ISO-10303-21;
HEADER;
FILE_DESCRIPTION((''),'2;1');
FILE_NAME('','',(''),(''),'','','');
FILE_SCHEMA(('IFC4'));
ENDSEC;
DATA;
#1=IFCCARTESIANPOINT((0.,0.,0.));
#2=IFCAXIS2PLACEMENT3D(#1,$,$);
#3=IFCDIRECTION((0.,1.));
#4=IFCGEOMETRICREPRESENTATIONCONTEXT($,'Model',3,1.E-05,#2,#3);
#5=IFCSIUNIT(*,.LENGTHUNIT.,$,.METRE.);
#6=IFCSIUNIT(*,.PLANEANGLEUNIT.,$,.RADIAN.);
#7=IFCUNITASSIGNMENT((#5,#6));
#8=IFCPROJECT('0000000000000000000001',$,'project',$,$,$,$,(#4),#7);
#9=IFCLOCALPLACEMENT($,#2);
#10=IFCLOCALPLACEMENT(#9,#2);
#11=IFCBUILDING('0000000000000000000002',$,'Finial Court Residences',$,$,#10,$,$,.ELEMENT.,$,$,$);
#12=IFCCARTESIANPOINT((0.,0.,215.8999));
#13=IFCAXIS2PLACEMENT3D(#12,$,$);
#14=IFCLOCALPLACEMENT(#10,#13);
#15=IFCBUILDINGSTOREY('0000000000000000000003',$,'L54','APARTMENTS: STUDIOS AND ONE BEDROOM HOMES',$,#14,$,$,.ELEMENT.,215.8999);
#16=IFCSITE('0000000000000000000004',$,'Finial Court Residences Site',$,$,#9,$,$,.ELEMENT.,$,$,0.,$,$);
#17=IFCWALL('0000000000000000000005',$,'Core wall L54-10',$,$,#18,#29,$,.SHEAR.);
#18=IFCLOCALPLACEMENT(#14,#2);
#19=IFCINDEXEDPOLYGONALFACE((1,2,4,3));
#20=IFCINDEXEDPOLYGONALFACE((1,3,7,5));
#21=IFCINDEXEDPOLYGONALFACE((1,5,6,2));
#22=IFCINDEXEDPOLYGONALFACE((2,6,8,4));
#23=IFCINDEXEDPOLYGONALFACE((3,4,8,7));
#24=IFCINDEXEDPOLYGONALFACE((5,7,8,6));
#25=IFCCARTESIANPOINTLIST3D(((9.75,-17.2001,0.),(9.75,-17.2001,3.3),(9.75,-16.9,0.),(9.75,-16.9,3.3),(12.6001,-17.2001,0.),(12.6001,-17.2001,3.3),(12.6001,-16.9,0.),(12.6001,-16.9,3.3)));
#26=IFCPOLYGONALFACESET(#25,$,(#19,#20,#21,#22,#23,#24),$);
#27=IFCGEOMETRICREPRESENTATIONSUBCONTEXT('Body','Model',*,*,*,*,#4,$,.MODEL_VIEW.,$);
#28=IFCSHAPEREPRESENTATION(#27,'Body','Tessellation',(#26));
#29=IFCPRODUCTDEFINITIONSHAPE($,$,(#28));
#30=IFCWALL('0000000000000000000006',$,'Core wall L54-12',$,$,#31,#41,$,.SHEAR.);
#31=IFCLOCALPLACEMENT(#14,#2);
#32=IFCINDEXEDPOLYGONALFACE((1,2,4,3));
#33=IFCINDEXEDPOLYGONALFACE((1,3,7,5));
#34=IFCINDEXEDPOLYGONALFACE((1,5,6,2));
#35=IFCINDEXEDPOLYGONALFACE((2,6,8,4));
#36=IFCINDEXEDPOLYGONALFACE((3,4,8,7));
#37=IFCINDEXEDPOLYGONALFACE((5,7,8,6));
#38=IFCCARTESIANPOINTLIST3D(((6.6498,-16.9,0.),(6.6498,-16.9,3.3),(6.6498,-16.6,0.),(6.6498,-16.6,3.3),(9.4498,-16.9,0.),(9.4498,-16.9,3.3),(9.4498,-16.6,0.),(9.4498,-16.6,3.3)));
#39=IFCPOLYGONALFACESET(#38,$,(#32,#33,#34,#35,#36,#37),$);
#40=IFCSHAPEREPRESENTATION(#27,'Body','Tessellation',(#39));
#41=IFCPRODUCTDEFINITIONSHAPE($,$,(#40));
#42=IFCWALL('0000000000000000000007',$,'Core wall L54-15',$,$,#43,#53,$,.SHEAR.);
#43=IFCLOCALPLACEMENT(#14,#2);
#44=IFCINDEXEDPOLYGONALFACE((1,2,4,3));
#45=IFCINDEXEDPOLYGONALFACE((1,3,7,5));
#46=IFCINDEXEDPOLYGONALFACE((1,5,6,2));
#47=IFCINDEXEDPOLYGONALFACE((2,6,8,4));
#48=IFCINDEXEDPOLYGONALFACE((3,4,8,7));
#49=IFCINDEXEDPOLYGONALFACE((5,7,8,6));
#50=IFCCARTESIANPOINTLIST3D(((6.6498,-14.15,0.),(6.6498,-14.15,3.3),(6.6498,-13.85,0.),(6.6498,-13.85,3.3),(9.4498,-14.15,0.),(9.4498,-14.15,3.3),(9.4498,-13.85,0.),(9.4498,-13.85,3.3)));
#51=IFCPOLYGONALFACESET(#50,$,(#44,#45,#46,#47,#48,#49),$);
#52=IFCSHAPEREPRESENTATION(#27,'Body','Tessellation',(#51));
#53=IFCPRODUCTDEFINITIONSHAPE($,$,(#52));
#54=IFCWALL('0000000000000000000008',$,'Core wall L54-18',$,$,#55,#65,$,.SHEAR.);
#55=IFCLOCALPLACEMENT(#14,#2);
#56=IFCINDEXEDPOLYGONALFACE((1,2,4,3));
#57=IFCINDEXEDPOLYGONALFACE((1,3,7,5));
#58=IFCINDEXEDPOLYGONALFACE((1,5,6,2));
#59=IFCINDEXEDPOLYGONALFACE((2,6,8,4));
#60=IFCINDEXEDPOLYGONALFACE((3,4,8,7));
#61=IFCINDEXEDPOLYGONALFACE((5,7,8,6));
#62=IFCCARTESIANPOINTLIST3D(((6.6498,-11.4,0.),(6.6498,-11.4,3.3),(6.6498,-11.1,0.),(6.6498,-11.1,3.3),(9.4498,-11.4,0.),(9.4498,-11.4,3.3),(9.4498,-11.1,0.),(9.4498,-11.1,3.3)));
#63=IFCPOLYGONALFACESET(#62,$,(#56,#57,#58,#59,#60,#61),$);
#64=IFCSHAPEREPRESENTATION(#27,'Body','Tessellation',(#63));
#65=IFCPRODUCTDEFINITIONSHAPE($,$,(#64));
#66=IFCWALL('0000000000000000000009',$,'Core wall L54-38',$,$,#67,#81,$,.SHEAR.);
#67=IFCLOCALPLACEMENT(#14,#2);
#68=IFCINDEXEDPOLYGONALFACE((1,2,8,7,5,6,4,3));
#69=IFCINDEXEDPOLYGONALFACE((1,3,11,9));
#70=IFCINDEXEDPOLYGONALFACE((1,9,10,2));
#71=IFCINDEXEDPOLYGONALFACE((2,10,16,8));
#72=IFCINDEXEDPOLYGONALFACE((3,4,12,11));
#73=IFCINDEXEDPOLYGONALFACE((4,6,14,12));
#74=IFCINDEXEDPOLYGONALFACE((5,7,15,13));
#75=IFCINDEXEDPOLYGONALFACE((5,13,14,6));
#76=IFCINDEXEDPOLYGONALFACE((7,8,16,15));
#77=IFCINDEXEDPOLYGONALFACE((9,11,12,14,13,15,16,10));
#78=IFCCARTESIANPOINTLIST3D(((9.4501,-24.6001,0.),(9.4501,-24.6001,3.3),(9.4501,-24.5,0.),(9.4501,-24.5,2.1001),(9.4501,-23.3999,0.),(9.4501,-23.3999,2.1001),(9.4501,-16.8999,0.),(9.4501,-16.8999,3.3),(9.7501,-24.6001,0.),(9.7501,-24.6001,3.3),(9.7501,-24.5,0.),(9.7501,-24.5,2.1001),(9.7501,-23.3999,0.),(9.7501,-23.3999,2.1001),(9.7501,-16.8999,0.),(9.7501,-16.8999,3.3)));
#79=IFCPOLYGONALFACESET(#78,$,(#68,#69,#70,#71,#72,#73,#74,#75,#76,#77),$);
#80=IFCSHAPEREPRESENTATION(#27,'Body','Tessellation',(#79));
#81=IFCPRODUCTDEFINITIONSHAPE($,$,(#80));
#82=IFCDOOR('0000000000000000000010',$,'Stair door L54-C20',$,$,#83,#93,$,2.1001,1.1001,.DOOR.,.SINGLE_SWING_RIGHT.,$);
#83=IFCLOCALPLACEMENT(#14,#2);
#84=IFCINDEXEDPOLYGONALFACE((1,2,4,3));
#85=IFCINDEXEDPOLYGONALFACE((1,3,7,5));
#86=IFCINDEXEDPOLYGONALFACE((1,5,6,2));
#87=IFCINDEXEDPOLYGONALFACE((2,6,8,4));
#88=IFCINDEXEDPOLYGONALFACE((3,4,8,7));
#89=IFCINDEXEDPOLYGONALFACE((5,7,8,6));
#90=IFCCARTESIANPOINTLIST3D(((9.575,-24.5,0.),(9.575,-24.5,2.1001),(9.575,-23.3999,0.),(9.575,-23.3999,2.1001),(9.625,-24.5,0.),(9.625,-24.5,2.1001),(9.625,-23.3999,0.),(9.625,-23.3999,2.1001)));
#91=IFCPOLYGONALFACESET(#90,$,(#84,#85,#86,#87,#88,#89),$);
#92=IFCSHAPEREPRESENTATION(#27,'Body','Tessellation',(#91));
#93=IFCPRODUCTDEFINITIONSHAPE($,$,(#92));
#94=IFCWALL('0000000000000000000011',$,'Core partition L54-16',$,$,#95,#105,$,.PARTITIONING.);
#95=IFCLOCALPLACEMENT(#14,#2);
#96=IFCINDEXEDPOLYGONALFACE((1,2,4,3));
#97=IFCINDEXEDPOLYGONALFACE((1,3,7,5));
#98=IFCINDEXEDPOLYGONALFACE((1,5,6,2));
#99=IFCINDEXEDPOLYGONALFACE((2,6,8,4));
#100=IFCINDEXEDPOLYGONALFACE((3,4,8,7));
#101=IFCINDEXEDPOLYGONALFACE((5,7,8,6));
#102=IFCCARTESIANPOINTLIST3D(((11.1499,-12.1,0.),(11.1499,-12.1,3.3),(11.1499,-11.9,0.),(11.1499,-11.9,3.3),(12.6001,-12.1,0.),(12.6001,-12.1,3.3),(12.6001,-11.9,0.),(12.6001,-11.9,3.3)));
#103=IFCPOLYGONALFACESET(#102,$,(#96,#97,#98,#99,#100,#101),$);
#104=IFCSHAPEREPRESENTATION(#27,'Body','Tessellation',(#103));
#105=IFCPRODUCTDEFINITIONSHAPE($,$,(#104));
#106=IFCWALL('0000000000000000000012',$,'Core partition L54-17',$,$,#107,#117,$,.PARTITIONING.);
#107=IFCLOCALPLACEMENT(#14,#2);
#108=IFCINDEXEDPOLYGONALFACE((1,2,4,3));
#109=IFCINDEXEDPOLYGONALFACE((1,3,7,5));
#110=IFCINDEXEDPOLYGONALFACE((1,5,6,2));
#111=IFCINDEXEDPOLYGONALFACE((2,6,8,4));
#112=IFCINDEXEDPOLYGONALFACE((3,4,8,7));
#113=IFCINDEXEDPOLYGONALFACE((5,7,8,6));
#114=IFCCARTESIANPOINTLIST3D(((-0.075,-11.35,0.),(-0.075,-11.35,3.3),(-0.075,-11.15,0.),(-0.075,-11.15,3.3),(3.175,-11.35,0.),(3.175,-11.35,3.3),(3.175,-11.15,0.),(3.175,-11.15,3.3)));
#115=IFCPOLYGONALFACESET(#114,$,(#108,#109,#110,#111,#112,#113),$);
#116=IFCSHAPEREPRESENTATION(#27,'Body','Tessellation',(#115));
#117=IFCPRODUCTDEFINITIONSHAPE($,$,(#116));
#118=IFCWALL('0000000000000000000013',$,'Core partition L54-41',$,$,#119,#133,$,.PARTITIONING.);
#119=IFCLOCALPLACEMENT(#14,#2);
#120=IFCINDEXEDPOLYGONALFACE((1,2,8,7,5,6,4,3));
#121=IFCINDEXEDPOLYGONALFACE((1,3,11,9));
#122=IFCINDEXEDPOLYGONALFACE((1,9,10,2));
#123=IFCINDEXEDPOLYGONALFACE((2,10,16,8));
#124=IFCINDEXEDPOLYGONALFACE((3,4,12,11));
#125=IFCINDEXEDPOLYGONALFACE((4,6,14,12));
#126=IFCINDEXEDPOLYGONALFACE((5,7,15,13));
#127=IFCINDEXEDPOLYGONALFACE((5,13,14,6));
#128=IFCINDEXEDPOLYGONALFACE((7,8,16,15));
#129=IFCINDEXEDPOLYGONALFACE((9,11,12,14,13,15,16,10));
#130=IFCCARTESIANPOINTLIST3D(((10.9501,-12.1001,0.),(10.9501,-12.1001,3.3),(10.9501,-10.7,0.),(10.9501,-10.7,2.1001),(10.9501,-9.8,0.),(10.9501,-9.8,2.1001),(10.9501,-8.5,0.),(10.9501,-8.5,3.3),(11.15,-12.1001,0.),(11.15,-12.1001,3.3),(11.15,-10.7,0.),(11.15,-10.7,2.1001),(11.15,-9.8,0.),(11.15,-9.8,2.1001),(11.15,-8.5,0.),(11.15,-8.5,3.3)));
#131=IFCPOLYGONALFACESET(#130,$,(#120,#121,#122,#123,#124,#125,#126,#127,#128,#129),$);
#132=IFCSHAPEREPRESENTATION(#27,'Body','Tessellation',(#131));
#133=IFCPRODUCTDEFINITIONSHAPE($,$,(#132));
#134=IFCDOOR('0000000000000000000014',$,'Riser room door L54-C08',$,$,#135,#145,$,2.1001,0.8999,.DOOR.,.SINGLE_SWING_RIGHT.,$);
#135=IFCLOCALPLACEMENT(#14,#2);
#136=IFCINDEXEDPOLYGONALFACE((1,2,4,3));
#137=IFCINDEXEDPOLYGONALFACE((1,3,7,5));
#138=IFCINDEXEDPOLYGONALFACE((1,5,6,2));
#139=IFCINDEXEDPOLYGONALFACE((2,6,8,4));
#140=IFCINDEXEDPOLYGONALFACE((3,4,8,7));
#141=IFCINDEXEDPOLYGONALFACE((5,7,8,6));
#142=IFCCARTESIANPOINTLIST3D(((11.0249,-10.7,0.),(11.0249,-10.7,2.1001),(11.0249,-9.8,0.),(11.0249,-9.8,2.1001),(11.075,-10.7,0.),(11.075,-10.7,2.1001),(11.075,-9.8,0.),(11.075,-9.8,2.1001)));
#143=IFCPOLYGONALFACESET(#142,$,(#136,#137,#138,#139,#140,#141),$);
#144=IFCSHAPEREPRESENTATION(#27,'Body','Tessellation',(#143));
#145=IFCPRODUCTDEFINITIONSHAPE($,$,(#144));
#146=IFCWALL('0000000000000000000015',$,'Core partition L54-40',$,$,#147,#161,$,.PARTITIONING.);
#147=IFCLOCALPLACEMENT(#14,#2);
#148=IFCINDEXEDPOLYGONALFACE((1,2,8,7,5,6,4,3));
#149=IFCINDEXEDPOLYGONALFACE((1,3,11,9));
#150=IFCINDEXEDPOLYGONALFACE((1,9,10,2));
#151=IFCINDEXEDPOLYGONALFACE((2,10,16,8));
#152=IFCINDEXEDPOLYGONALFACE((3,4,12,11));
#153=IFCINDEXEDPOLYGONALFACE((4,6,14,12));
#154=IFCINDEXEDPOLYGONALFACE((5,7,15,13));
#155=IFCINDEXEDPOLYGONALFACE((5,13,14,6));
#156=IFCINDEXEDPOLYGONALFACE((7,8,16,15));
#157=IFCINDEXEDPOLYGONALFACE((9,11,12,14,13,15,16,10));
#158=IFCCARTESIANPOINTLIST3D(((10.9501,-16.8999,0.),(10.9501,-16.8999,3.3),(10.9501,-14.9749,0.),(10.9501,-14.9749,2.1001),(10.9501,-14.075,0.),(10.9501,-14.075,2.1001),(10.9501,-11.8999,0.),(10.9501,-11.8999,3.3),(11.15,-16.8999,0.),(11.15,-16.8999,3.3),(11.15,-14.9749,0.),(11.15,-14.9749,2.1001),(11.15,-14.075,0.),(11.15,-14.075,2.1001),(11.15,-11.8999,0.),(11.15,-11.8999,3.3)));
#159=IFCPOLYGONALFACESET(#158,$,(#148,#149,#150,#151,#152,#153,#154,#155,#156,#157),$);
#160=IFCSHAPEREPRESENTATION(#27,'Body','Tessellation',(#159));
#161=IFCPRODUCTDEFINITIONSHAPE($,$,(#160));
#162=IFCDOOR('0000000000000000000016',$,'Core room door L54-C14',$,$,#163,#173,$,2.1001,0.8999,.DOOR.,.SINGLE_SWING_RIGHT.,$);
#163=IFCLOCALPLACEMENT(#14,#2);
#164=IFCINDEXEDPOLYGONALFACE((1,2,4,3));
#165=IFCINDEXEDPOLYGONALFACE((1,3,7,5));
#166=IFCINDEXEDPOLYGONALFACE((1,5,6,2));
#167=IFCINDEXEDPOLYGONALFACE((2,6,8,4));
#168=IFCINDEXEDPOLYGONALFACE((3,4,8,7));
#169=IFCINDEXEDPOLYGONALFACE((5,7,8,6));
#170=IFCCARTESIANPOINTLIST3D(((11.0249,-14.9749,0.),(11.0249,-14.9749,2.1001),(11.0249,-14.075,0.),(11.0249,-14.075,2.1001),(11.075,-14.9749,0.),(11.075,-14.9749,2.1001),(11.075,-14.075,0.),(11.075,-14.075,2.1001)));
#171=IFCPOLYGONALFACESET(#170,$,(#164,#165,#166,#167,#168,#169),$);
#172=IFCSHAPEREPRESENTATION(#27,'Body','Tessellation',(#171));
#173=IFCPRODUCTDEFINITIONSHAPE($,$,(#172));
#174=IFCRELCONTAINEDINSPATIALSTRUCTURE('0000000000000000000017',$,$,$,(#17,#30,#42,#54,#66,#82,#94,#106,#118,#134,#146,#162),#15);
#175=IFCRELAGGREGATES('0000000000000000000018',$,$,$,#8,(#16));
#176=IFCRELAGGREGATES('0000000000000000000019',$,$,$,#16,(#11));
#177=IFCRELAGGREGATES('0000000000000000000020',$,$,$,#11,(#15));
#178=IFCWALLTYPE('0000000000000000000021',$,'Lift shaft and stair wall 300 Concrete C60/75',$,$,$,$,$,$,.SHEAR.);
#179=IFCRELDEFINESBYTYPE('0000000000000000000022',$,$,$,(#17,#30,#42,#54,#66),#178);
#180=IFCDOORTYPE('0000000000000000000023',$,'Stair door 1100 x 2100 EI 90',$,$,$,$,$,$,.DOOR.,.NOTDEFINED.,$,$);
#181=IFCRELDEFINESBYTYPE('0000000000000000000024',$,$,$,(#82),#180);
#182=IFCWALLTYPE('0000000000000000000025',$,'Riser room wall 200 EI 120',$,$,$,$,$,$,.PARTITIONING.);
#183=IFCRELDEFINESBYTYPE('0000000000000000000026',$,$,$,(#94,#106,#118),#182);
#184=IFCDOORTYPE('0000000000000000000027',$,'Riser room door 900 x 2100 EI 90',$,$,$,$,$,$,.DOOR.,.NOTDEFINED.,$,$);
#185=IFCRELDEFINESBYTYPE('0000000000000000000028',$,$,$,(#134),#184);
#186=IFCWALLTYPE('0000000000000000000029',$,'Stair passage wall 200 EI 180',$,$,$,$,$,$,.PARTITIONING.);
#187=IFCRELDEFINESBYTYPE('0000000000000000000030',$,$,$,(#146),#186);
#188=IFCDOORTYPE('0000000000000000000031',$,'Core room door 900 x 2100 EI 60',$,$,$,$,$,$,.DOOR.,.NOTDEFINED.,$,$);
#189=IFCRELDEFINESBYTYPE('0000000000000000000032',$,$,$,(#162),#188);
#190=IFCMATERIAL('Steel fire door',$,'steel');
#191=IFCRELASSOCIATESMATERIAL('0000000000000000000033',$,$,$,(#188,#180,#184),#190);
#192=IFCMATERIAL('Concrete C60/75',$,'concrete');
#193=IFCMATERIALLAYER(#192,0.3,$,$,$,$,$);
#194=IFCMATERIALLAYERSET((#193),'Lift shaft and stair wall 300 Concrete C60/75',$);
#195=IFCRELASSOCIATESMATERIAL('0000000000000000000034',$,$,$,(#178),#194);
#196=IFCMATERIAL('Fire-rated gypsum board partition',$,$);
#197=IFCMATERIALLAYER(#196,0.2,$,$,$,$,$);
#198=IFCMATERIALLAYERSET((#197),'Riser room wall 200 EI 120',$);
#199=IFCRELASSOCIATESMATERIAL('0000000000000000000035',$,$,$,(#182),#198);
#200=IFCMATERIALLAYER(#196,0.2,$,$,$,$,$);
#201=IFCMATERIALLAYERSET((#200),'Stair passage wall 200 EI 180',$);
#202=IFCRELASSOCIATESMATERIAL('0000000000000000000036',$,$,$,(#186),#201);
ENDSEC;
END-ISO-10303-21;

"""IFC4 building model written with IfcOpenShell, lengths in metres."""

from ifc_helpers import new_model, si_unit, direction, frame, frame_2d, origin, place, context, subcontext, project, spatial, rectangle, extrude, material, layer, layer_set, type_object, element, fill, save


model = new_model("IFC4")

# Units and contexts
model_context = context("Model", 3, precision=1e-05, world=origin(), true_north=direction((0.0, 1.0)))
body_context = subcontext(model_context, "Body", "Model", "MODEL_VIEW")
ifc_project = project(units=[si_unit("LENGTHUNIT", "METRE"), si_unit("PLANEANGLEUNIT", "RADIAN")], contexts=[model_context])

# Site, building, storey
site_placement = place(None, origin())
site = spatial("IfcSite", under=ifc_project, at=site_placement, Name="Finial Court Residences Site", CompositionType="ELEMENT", RefElevation=0.0)
building_placement = place(site_placement, origin())
building = spatial("IfcBuilding", under=site, at=building_placement, Name="Finial Court Residences", CompositionType="ELEMENT")
storey_placement = place(building_placement, frame((0.0, 0.0, 215.8999)))
storey = spatial("IfcBuildingStorey", under=building, at=storey_placement, Name="L54", Description="APARTMENTS: STUDIOS AND ONE BEDROOM HOMES", CompositionType="ELEMENT", Elevation=215.8999)

# Shared definitions
ifc_material_1 = material(Name="Fire-rated gypsum board partition")

# Shared definitions
ifc_material_2 = material(Name="Steel fire door", Category="steel")
door_type_1 = type_object("IfcDoorType", Name="Core room door 900 x 2100 EI 60", OperationType="NOTDEFINED", PredefinedType="DOOR", material=ifc_material_2)

# Walls
ifc_material_3 = material(Name="Concrete C60/75", Category="concrete")
ifc_layer_1 = layer(ifc_material_3, 0.3)
ifc_layer_set_1 = layer_set([ifc_layer_1], Name="Lift shaft and stair wall 300 Concrete C60/75")
wall_type_1 = type_object("IfcWallType", Name="Lift shaft and stair wall 300 Concrete C60/75", PredefinedType="SHEAR", material=ifc_layer_set_1)
wall_1_placement = place(storey_placement, frame((9.75, -17.05, 0.0), z_axis=(0.0, 0.0, 1.0), x_axis=(1.0, 0.0, 0.0)))
element("IfcWall", 1, at=wall_1_placement, inside=storey, type_object=wall_type_1, Name="Core wall L54-10", PredefinedType="SHEAR", context=body_context, shape_type="SweptSolid", body=[
    extrude(rectangle(XDim=2.8501, YDim=0.3, at=frame_2d((1.425, 0.0))), origin(), (0.0, 0.0, 1.0), 3.3),
])
for number, where, z_axis, x_axis, name in (
    (2, (6.6499, -16.75, 0.0), (0.0, 0.0, 1.0), (1.0, 0.0, 0.0), "Core wall L54-12"),
    (3, (6.6499, -14.0, 0.0), (0.0, 0.0, 1.0), (1.0, 0.0, 0.0), "Core wall L54-15"),
    (4, (6.6499, -11.25, 0.0), (0.0, 0.0, 1.0), (1.0, 0.0, 0.0), "Core wall L54-18"),
):
    element("IfcWall", number, at=place(storey_placement, frame(where, z_axis=z_axis, x_axis=x_axis)), inside=storey, type_object=wall_type_1, Name=name, PredefinedType="SHEAR", context=body_context, shape_type="SweptSolid", body=[
        extrude(rectangle(XDim=2.8, YDim=0.3, at=frame_2d((1.3999, 0.0))), origin(), (0.0, 0.0, 1.0), 3.3),
    ])

# Wall, opening, door
wall_2_placement = place(storey_placement, frame((9.6001, -16.8999, 0.0), z_axis=(0.0, 0.0, 1.0), x_axis=(0.0, -1.0, 0.0)))
wall_2 = element("IfcWall", 5, at=wall_2_placement, inside=storey, type_object=wall_type_1, Name="Core wall L54-38", PredefinedType="SHEAR", context=body_context, shape_type="SweptSolid", body=[
    extrude(rectangle(XDim=7.7002, YDim=0.3, at=frame_2d((3.8501, 0.0))), origin(), (0.0, 0.0, 1.0), 3.3),
])
opening_1_placement = place(wall_2_placement, frame((6.5, 0.0, 0.0)))
opening_1 = element("IfcOpeningElement", 6, at=opening_1_placement, cuts=wall_2, PredefinedType="OPENING", context=body_context, shape_type="SweptSolid", body=[
    extrude(rectangle(XDim=1.1001, YDim=2.1001, at=frame_2d((0.55, 1.05))), frame((0.0, 0.1599, 0.0), z_axis=(0.0, -1.0, 0.0), x_axis=(1.0, 0.0, 0.0)), (0.0, 0.0, 1.0), 0.3201),
])
door_type_2 = type_object("IfcDoorType", Name="Stair door 1100 x 2100 EI 90", OperationType="NOTDEFINED", PredefinedType="DOOR", material=ifc_material_2)
door_1_placement = place(opening_1_placement, origin())
door_1 = element("IfcDoor", 7, at=door_1_placement, inside=storey, type_object=door_type_2, Name="Stair door L54-C20", OperationType="SINGLE_SWING_RIGHT", OverallHeight=2.1001, OverallWidth=1.1001, PredefinedType="DOOR", context=body_context, shape_type="SweptSolid", body=[
    extrude(rectangle(XDim=1.1001, YDim=2.1001, at=frame_2d((0.55, 1.05))), frame((0.0, 0.0249, 0.0), z_axis=(0.0, -1.0, 0.0), x_axis=(1.0, 0.0, 0.0)), (0.0, 0.0, 1.0), 0.05),
])
fill(opening_1, door_1)

# Walls
ifc_layer_2 = layer(ifc_material_1, 0.2)
ifc_layer_set_2 = layer_set([ifc_layer_2], Name="Riser room wall 200 EI 120")
wall_type_2 = type_object("IfcWallType", Name="Riser room wall 200 EI 120", PredefinedType="PARTITIONING", material=ifc_layer_set_2)
wall_3_placement = place(storey_placement, frame((11.1499, -12.0, 0.0), z_axis=(0.0, 0.0, 1.0), x_axis=(1.0, 0.0, 0.0)))
element("IfcWall", 8, at=wall_3_placement, inside=storey, type_object=wall_type_2, Name="Core partition L54-16", PredefinedType="PARTITIONING", context=body_context, shape_type="SweptSolid", body=[
    extrude(rectangle(XDim=1.4502, YDim=0.2, at=frame_2d((0.7251, 0.0))), origin(), (0.0, 0.0, 1.0), 3.3),
])
wall_4_placement = place(storey_placement, frame((-0.075, -11.25, 0.0), z_axis=(0.0, 0.0, 1.0), x_axis=(1.0, 0.0, 0.0)))
element("IfcWall", 9, at=wall_4_placement, inside=storey, type_object=wall_type_2, Name="Core partition L54-17", PredefinedType="PARTITIONING", context=body_context, shape_type="SweptSolid", body=[
    extrude(rectangle(XDim=3.25, YDim=0.2, at=frame_2d((1.625, 0.0))), origin(), (0.0, 0.0, 1.0), 3.3),
])

# Walls, openings, doors
wall_5_placement = place(storey_placement, frame((11.05, -8.5, 0.0), z_axis=(0.0, 0.0, 1.0), x_axis=(0.0, -1.0, 0.0)))
wall_5 = element("IfcWall", 10, at=wall_5_placement, inside=storey, type_object=wall_type_2, Name="Core partition L54-41", PredefinedType="PARTITIONING", context=body_context, shape_type="SweptSolid", body=[
    extrude(rectangle(XDim=3.6001, YDim=0.2, at=frame_2d((1.8, 0.0))), origin(), (0.0, 0.0, 1.0), 3.3),
])
opening_2_placement = place(wall_5_placement, frame((1.3, 0.0, 0.0)))
opening_2 = element("IfcOpeningElement", 11, at=opening_2_placement, cuts=wall_5, PredefinedType="OPENING", context=body_context, shape_type="SweptSolid", body=[
    extrude(rectangle(XDim=0.8999, YDim=2.1001, at=frame_2d((0.45, 1.05))), frame((0.0, 0.1099, 0.0), z_axis=(0.0, -1.0, 0.0), x_axis=(1.0, 0.0, 0.0)), (0.0, 0.0, 1.0), 0.22),
])
door_type_3 = type_object("IfcDoorType", Name="Riser room door 900 x 2100 EI 90", OperationType="NOTDEFINED", PredefinedType="DOOR", material=ifc_material_2)
door_2_placement = place(opening_2_placement, origin())
door_2 = element("IfcDoor", 12, at=door_2_placement, inside=storey, type_object=door_type_3, Name="Riser room door L54-C08", OperationType="SINGLE_SWING_RIGHT", OverallHeight=2.1001, OverallWidth=0.8999, PredefinedType="DOOR", context=body_context, shape_type="SweptSolid", body=[
    extrude(rectangle(XDim=0.8999, YDim=2.1001, at=frame_2d((0.45, 1.05))), frame((0.0, 0.0249, 0.0), z_axis=(0.0, -1.0, 0.0), x_axis=(1.0, 0.0, 0.0)), (0.0, 0.0, 1.0), 0.05),
])
fill(opening_2, door_2)
ifc_layer_3 = layer(ifc_material_1, 0.2)
ifc_layer_set_3 = layer_set([ifc_layer_3], Name="Stair passage wall 200 EI 180")
wall_type_3 = type_object("IfcWallType", Name="Stair passage wall 200 EI 180", PredefinedType="PARTITIONING", material=ifc_layer_set_3)
wall_6_placement = place(storey_placement, frame((11.05, -11.8999, 0.0), z_axis=(0.0, 0.0, 1.0), x_axis=(0.0, -1.0, 0.0)))
wall_6 = element("IfcWall", 13, at=wall_6_placement, inside=storey, type_object=wall_type_3, Name="Core partition L54-40", PredefinedType="PARTITIONING", context=body_context, shape_type="SweptSolid", body=[
    extrude(rectangle(XDim=5.0, YDim=0.2, at=frame_2d((2.5, 0.0))), origin(), (0.0, 0.0, 1.0), 3.3),
])
opening_3_placement = place(wall_6_placement, frame((2.175, 0.0, 0.0)))
opening_3 = element("IfcOpeningElement", 14, at=opening_3_placement, cuts=wall_6, PredefinedType="OPENING", context=body_context, shape_type="SweptSolid", body=[
    extrude(rectangle(XDim=0.8999, YDim=2.1001, at=frame_2d((0.45, 1.05))), frame((0.0, 0.1099, 0.0), z_axis=(0.0, -1.0, 0.0), x_axis=(1.0, 0.0, 0.0)), (0.0, 0.0, 1.0), 0.22),
])
door_3_placement = place(opening_3_placement, origin())
door_3 = element("IfcDoor", 15, at=door_3_placement, inside=storey, type_object=door_type_1, Name="Core room door L54-C14", OperationType="SINGLE_SWING_RIGHT", OverallHeight=2.1001, OverallWidth=0.8999, PredefinedType="DOOR", context=body_context, shape_type="SweptSolid", body=[
    extrude(rectangle(XDim=0.8999, YDim=2.1001, at=frame_2d((0.45, 1.05))), frame((0.0, 0.0249, 0.0), z_axis=(0.0, -1.0, 0.0), x_axis=(1.0, 0.0, 0.0)), (0.0, 0.0, 1.0), 0.05),
])
fill(opening_3, door_3)

save(model, "model.ifc")
